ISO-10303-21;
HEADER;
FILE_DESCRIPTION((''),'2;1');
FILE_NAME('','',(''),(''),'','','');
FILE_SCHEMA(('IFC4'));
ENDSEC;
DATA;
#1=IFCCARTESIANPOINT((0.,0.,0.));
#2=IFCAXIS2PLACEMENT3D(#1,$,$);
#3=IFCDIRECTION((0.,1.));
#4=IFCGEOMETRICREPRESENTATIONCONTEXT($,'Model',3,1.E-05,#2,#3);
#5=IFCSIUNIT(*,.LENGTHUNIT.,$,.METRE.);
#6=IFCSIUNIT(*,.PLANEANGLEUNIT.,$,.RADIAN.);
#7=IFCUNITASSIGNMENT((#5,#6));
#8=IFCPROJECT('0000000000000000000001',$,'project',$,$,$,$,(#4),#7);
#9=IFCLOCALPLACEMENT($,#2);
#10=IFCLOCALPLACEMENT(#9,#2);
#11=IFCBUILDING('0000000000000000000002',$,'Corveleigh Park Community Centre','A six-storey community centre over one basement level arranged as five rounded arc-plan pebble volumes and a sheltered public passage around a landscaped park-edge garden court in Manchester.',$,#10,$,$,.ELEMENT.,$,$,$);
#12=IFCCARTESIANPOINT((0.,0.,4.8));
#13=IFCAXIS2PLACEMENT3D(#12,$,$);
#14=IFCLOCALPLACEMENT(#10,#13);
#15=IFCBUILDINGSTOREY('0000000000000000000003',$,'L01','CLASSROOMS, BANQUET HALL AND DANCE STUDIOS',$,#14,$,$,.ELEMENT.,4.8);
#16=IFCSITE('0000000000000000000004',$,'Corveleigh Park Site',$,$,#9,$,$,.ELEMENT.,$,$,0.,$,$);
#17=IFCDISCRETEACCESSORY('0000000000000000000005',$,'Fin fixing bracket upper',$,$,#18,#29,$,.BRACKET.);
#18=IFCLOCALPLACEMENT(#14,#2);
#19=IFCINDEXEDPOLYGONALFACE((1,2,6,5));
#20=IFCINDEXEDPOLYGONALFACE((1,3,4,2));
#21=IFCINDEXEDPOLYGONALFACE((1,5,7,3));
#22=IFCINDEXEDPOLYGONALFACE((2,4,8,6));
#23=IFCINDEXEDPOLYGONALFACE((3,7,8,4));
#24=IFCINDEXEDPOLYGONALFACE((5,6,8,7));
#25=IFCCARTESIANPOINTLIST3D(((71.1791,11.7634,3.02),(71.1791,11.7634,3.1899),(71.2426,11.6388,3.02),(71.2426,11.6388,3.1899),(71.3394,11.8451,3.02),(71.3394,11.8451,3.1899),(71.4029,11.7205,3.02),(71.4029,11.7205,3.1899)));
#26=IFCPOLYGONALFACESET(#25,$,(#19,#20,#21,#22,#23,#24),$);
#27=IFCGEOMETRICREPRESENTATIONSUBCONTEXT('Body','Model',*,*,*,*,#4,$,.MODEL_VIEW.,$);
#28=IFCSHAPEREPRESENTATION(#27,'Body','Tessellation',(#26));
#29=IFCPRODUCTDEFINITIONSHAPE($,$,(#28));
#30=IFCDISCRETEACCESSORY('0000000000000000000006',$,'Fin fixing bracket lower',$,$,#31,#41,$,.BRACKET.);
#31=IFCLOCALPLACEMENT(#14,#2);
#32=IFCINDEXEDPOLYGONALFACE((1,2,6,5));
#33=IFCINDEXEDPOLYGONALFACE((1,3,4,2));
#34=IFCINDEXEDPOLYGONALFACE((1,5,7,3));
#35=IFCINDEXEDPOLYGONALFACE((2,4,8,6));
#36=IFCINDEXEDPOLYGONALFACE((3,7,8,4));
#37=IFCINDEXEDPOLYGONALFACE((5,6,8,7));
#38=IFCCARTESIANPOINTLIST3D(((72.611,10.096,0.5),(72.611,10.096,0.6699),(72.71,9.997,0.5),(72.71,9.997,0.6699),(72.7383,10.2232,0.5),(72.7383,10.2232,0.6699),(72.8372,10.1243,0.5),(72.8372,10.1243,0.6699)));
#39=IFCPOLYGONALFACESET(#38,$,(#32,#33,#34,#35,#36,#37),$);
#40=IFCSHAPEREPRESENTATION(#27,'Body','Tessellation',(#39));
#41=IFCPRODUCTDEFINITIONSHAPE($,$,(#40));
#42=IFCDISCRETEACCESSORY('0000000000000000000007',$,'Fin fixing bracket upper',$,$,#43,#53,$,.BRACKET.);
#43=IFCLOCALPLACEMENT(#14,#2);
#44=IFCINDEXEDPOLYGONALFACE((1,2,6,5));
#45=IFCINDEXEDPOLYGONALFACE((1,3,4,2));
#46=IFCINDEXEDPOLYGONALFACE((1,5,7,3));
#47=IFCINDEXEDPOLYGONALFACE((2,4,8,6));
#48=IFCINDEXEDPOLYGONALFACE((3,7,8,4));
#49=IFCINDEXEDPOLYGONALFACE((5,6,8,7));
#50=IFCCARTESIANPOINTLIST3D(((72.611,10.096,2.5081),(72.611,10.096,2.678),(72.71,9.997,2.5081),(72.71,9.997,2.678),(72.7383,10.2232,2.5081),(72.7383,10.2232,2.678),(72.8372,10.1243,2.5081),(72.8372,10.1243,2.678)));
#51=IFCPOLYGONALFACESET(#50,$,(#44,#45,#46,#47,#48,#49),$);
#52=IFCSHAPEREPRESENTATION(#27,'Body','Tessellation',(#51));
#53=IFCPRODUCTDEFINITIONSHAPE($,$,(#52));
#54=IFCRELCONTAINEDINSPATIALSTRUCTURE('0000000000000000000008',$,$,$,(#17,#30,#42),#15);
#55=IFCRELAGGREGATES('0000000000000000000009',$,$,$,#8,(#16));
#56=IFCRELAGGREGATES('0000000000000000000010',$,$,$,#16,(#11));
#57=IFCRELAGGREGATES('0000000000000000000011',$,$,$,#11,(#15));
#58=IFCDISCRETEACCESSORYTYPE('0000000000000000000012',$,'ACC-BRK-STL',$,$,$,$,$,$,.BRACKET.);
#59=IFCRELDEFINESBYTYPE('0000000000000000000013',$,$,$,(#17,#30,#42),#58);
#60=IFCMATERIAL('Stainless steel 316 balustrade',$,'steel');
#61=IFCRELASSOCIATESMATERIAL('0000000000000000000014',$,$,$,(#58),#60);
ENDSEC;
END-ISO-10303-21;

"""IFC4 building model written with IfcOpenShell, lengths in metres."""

from ifc_helpers import new_model, si_unit, direction, frame, origin, origin_2d, place, context, subcontext, project, spatial, rectangle, extrude, material, type_object, element, save


model = new_model("IFC4")

# Units and contexts
model_context = context("Model", 3, precision=1e-05, world=origin(), true_north=direction((0.0, 1.0)))
body_context = subcontext(model_context, "Body", "Model", "MODEL_VIEW")
ifc_project = project(units=[si_unit("LENGTHUNIT", "METRE"), si_unit("PLANEANGLEUNIT", "RADIAN")], contexts=[model_context])

# Site, building, storey
site_placement = place(None, origin())
site = spatial("IfcSite", under=ifc_project, at=site_placement, Name="Corveleigh Park Site", CompositionType="ELEMENT", RefElevation=0.0)
building_placement = place(site_placement, origin())
building = spatial("IfcBuilding", under=site, at=building_placement, Name="Corveleigh Park Community Centre", Description="A six-storey community centre over one basement level arranged as five rounded arc-plan pebble volumes and a sheltered public passage around a landscaped park-edge garden court in Manchester.", CompositionType="ELEMENT")
storey_placement = place(building_placement, frame((0.0, 0.0, 4.8)))
storey = spatial("IfcBuildingStorey", under=building, at=storey_placement, Name="L01", Description="CLASSROOMS, BANQUET HALL AND DANCE STUDIOS", CompositionType="ELEMENT", Elevation=4.8)

# Discrete accessories
ifc_material_1 = material(Name="Stainless steel 316 balustrade", Category="steel")
discrete_accessory_type = type_object("IfcDiscreteAccessoryType", Name="ACC-BRK-STL", PredefinedType="BRACKET", material=ifc_material_1)
for number, where, z_axis, x_axis, name in (
    (1, (71.291, 11.7419, 3.02), (0.0, 0.0, 1.0), (-0.890891, -0.454218, 0.0), "Fin fixing bracket upper"),
    (2, (72.7241, 10.1101, 0.5), (0.0, 0.0, 1.0), (-0.707107, -0.707107, 0.0), "Fin fixing bracket lower"),
    (3, (72.7241, 10.1101, 2.5081), (0.0, 0.0, 1.0), (-0.707107, -0.707107, 0.0), "Fin fixing bracket upper"),
):
    element("IfcDiscreteAccessory", number, at=place(storey_placement, frame(where, z_axis=z_axis, x_axis=x_axis)), inside=storey, type_object=discrete_accessory_type, Name=name, PredefinedType="BRACKET", context=body_context, shape_type="SweptSolid", body=[
        extrude(rectangle(XDim=0.1799, YDim=0.1399, at=origin_2d()), origin(), (0.0, 0.0, 1.0), 0.1699),
    ])

save(model, "model.ifc")
